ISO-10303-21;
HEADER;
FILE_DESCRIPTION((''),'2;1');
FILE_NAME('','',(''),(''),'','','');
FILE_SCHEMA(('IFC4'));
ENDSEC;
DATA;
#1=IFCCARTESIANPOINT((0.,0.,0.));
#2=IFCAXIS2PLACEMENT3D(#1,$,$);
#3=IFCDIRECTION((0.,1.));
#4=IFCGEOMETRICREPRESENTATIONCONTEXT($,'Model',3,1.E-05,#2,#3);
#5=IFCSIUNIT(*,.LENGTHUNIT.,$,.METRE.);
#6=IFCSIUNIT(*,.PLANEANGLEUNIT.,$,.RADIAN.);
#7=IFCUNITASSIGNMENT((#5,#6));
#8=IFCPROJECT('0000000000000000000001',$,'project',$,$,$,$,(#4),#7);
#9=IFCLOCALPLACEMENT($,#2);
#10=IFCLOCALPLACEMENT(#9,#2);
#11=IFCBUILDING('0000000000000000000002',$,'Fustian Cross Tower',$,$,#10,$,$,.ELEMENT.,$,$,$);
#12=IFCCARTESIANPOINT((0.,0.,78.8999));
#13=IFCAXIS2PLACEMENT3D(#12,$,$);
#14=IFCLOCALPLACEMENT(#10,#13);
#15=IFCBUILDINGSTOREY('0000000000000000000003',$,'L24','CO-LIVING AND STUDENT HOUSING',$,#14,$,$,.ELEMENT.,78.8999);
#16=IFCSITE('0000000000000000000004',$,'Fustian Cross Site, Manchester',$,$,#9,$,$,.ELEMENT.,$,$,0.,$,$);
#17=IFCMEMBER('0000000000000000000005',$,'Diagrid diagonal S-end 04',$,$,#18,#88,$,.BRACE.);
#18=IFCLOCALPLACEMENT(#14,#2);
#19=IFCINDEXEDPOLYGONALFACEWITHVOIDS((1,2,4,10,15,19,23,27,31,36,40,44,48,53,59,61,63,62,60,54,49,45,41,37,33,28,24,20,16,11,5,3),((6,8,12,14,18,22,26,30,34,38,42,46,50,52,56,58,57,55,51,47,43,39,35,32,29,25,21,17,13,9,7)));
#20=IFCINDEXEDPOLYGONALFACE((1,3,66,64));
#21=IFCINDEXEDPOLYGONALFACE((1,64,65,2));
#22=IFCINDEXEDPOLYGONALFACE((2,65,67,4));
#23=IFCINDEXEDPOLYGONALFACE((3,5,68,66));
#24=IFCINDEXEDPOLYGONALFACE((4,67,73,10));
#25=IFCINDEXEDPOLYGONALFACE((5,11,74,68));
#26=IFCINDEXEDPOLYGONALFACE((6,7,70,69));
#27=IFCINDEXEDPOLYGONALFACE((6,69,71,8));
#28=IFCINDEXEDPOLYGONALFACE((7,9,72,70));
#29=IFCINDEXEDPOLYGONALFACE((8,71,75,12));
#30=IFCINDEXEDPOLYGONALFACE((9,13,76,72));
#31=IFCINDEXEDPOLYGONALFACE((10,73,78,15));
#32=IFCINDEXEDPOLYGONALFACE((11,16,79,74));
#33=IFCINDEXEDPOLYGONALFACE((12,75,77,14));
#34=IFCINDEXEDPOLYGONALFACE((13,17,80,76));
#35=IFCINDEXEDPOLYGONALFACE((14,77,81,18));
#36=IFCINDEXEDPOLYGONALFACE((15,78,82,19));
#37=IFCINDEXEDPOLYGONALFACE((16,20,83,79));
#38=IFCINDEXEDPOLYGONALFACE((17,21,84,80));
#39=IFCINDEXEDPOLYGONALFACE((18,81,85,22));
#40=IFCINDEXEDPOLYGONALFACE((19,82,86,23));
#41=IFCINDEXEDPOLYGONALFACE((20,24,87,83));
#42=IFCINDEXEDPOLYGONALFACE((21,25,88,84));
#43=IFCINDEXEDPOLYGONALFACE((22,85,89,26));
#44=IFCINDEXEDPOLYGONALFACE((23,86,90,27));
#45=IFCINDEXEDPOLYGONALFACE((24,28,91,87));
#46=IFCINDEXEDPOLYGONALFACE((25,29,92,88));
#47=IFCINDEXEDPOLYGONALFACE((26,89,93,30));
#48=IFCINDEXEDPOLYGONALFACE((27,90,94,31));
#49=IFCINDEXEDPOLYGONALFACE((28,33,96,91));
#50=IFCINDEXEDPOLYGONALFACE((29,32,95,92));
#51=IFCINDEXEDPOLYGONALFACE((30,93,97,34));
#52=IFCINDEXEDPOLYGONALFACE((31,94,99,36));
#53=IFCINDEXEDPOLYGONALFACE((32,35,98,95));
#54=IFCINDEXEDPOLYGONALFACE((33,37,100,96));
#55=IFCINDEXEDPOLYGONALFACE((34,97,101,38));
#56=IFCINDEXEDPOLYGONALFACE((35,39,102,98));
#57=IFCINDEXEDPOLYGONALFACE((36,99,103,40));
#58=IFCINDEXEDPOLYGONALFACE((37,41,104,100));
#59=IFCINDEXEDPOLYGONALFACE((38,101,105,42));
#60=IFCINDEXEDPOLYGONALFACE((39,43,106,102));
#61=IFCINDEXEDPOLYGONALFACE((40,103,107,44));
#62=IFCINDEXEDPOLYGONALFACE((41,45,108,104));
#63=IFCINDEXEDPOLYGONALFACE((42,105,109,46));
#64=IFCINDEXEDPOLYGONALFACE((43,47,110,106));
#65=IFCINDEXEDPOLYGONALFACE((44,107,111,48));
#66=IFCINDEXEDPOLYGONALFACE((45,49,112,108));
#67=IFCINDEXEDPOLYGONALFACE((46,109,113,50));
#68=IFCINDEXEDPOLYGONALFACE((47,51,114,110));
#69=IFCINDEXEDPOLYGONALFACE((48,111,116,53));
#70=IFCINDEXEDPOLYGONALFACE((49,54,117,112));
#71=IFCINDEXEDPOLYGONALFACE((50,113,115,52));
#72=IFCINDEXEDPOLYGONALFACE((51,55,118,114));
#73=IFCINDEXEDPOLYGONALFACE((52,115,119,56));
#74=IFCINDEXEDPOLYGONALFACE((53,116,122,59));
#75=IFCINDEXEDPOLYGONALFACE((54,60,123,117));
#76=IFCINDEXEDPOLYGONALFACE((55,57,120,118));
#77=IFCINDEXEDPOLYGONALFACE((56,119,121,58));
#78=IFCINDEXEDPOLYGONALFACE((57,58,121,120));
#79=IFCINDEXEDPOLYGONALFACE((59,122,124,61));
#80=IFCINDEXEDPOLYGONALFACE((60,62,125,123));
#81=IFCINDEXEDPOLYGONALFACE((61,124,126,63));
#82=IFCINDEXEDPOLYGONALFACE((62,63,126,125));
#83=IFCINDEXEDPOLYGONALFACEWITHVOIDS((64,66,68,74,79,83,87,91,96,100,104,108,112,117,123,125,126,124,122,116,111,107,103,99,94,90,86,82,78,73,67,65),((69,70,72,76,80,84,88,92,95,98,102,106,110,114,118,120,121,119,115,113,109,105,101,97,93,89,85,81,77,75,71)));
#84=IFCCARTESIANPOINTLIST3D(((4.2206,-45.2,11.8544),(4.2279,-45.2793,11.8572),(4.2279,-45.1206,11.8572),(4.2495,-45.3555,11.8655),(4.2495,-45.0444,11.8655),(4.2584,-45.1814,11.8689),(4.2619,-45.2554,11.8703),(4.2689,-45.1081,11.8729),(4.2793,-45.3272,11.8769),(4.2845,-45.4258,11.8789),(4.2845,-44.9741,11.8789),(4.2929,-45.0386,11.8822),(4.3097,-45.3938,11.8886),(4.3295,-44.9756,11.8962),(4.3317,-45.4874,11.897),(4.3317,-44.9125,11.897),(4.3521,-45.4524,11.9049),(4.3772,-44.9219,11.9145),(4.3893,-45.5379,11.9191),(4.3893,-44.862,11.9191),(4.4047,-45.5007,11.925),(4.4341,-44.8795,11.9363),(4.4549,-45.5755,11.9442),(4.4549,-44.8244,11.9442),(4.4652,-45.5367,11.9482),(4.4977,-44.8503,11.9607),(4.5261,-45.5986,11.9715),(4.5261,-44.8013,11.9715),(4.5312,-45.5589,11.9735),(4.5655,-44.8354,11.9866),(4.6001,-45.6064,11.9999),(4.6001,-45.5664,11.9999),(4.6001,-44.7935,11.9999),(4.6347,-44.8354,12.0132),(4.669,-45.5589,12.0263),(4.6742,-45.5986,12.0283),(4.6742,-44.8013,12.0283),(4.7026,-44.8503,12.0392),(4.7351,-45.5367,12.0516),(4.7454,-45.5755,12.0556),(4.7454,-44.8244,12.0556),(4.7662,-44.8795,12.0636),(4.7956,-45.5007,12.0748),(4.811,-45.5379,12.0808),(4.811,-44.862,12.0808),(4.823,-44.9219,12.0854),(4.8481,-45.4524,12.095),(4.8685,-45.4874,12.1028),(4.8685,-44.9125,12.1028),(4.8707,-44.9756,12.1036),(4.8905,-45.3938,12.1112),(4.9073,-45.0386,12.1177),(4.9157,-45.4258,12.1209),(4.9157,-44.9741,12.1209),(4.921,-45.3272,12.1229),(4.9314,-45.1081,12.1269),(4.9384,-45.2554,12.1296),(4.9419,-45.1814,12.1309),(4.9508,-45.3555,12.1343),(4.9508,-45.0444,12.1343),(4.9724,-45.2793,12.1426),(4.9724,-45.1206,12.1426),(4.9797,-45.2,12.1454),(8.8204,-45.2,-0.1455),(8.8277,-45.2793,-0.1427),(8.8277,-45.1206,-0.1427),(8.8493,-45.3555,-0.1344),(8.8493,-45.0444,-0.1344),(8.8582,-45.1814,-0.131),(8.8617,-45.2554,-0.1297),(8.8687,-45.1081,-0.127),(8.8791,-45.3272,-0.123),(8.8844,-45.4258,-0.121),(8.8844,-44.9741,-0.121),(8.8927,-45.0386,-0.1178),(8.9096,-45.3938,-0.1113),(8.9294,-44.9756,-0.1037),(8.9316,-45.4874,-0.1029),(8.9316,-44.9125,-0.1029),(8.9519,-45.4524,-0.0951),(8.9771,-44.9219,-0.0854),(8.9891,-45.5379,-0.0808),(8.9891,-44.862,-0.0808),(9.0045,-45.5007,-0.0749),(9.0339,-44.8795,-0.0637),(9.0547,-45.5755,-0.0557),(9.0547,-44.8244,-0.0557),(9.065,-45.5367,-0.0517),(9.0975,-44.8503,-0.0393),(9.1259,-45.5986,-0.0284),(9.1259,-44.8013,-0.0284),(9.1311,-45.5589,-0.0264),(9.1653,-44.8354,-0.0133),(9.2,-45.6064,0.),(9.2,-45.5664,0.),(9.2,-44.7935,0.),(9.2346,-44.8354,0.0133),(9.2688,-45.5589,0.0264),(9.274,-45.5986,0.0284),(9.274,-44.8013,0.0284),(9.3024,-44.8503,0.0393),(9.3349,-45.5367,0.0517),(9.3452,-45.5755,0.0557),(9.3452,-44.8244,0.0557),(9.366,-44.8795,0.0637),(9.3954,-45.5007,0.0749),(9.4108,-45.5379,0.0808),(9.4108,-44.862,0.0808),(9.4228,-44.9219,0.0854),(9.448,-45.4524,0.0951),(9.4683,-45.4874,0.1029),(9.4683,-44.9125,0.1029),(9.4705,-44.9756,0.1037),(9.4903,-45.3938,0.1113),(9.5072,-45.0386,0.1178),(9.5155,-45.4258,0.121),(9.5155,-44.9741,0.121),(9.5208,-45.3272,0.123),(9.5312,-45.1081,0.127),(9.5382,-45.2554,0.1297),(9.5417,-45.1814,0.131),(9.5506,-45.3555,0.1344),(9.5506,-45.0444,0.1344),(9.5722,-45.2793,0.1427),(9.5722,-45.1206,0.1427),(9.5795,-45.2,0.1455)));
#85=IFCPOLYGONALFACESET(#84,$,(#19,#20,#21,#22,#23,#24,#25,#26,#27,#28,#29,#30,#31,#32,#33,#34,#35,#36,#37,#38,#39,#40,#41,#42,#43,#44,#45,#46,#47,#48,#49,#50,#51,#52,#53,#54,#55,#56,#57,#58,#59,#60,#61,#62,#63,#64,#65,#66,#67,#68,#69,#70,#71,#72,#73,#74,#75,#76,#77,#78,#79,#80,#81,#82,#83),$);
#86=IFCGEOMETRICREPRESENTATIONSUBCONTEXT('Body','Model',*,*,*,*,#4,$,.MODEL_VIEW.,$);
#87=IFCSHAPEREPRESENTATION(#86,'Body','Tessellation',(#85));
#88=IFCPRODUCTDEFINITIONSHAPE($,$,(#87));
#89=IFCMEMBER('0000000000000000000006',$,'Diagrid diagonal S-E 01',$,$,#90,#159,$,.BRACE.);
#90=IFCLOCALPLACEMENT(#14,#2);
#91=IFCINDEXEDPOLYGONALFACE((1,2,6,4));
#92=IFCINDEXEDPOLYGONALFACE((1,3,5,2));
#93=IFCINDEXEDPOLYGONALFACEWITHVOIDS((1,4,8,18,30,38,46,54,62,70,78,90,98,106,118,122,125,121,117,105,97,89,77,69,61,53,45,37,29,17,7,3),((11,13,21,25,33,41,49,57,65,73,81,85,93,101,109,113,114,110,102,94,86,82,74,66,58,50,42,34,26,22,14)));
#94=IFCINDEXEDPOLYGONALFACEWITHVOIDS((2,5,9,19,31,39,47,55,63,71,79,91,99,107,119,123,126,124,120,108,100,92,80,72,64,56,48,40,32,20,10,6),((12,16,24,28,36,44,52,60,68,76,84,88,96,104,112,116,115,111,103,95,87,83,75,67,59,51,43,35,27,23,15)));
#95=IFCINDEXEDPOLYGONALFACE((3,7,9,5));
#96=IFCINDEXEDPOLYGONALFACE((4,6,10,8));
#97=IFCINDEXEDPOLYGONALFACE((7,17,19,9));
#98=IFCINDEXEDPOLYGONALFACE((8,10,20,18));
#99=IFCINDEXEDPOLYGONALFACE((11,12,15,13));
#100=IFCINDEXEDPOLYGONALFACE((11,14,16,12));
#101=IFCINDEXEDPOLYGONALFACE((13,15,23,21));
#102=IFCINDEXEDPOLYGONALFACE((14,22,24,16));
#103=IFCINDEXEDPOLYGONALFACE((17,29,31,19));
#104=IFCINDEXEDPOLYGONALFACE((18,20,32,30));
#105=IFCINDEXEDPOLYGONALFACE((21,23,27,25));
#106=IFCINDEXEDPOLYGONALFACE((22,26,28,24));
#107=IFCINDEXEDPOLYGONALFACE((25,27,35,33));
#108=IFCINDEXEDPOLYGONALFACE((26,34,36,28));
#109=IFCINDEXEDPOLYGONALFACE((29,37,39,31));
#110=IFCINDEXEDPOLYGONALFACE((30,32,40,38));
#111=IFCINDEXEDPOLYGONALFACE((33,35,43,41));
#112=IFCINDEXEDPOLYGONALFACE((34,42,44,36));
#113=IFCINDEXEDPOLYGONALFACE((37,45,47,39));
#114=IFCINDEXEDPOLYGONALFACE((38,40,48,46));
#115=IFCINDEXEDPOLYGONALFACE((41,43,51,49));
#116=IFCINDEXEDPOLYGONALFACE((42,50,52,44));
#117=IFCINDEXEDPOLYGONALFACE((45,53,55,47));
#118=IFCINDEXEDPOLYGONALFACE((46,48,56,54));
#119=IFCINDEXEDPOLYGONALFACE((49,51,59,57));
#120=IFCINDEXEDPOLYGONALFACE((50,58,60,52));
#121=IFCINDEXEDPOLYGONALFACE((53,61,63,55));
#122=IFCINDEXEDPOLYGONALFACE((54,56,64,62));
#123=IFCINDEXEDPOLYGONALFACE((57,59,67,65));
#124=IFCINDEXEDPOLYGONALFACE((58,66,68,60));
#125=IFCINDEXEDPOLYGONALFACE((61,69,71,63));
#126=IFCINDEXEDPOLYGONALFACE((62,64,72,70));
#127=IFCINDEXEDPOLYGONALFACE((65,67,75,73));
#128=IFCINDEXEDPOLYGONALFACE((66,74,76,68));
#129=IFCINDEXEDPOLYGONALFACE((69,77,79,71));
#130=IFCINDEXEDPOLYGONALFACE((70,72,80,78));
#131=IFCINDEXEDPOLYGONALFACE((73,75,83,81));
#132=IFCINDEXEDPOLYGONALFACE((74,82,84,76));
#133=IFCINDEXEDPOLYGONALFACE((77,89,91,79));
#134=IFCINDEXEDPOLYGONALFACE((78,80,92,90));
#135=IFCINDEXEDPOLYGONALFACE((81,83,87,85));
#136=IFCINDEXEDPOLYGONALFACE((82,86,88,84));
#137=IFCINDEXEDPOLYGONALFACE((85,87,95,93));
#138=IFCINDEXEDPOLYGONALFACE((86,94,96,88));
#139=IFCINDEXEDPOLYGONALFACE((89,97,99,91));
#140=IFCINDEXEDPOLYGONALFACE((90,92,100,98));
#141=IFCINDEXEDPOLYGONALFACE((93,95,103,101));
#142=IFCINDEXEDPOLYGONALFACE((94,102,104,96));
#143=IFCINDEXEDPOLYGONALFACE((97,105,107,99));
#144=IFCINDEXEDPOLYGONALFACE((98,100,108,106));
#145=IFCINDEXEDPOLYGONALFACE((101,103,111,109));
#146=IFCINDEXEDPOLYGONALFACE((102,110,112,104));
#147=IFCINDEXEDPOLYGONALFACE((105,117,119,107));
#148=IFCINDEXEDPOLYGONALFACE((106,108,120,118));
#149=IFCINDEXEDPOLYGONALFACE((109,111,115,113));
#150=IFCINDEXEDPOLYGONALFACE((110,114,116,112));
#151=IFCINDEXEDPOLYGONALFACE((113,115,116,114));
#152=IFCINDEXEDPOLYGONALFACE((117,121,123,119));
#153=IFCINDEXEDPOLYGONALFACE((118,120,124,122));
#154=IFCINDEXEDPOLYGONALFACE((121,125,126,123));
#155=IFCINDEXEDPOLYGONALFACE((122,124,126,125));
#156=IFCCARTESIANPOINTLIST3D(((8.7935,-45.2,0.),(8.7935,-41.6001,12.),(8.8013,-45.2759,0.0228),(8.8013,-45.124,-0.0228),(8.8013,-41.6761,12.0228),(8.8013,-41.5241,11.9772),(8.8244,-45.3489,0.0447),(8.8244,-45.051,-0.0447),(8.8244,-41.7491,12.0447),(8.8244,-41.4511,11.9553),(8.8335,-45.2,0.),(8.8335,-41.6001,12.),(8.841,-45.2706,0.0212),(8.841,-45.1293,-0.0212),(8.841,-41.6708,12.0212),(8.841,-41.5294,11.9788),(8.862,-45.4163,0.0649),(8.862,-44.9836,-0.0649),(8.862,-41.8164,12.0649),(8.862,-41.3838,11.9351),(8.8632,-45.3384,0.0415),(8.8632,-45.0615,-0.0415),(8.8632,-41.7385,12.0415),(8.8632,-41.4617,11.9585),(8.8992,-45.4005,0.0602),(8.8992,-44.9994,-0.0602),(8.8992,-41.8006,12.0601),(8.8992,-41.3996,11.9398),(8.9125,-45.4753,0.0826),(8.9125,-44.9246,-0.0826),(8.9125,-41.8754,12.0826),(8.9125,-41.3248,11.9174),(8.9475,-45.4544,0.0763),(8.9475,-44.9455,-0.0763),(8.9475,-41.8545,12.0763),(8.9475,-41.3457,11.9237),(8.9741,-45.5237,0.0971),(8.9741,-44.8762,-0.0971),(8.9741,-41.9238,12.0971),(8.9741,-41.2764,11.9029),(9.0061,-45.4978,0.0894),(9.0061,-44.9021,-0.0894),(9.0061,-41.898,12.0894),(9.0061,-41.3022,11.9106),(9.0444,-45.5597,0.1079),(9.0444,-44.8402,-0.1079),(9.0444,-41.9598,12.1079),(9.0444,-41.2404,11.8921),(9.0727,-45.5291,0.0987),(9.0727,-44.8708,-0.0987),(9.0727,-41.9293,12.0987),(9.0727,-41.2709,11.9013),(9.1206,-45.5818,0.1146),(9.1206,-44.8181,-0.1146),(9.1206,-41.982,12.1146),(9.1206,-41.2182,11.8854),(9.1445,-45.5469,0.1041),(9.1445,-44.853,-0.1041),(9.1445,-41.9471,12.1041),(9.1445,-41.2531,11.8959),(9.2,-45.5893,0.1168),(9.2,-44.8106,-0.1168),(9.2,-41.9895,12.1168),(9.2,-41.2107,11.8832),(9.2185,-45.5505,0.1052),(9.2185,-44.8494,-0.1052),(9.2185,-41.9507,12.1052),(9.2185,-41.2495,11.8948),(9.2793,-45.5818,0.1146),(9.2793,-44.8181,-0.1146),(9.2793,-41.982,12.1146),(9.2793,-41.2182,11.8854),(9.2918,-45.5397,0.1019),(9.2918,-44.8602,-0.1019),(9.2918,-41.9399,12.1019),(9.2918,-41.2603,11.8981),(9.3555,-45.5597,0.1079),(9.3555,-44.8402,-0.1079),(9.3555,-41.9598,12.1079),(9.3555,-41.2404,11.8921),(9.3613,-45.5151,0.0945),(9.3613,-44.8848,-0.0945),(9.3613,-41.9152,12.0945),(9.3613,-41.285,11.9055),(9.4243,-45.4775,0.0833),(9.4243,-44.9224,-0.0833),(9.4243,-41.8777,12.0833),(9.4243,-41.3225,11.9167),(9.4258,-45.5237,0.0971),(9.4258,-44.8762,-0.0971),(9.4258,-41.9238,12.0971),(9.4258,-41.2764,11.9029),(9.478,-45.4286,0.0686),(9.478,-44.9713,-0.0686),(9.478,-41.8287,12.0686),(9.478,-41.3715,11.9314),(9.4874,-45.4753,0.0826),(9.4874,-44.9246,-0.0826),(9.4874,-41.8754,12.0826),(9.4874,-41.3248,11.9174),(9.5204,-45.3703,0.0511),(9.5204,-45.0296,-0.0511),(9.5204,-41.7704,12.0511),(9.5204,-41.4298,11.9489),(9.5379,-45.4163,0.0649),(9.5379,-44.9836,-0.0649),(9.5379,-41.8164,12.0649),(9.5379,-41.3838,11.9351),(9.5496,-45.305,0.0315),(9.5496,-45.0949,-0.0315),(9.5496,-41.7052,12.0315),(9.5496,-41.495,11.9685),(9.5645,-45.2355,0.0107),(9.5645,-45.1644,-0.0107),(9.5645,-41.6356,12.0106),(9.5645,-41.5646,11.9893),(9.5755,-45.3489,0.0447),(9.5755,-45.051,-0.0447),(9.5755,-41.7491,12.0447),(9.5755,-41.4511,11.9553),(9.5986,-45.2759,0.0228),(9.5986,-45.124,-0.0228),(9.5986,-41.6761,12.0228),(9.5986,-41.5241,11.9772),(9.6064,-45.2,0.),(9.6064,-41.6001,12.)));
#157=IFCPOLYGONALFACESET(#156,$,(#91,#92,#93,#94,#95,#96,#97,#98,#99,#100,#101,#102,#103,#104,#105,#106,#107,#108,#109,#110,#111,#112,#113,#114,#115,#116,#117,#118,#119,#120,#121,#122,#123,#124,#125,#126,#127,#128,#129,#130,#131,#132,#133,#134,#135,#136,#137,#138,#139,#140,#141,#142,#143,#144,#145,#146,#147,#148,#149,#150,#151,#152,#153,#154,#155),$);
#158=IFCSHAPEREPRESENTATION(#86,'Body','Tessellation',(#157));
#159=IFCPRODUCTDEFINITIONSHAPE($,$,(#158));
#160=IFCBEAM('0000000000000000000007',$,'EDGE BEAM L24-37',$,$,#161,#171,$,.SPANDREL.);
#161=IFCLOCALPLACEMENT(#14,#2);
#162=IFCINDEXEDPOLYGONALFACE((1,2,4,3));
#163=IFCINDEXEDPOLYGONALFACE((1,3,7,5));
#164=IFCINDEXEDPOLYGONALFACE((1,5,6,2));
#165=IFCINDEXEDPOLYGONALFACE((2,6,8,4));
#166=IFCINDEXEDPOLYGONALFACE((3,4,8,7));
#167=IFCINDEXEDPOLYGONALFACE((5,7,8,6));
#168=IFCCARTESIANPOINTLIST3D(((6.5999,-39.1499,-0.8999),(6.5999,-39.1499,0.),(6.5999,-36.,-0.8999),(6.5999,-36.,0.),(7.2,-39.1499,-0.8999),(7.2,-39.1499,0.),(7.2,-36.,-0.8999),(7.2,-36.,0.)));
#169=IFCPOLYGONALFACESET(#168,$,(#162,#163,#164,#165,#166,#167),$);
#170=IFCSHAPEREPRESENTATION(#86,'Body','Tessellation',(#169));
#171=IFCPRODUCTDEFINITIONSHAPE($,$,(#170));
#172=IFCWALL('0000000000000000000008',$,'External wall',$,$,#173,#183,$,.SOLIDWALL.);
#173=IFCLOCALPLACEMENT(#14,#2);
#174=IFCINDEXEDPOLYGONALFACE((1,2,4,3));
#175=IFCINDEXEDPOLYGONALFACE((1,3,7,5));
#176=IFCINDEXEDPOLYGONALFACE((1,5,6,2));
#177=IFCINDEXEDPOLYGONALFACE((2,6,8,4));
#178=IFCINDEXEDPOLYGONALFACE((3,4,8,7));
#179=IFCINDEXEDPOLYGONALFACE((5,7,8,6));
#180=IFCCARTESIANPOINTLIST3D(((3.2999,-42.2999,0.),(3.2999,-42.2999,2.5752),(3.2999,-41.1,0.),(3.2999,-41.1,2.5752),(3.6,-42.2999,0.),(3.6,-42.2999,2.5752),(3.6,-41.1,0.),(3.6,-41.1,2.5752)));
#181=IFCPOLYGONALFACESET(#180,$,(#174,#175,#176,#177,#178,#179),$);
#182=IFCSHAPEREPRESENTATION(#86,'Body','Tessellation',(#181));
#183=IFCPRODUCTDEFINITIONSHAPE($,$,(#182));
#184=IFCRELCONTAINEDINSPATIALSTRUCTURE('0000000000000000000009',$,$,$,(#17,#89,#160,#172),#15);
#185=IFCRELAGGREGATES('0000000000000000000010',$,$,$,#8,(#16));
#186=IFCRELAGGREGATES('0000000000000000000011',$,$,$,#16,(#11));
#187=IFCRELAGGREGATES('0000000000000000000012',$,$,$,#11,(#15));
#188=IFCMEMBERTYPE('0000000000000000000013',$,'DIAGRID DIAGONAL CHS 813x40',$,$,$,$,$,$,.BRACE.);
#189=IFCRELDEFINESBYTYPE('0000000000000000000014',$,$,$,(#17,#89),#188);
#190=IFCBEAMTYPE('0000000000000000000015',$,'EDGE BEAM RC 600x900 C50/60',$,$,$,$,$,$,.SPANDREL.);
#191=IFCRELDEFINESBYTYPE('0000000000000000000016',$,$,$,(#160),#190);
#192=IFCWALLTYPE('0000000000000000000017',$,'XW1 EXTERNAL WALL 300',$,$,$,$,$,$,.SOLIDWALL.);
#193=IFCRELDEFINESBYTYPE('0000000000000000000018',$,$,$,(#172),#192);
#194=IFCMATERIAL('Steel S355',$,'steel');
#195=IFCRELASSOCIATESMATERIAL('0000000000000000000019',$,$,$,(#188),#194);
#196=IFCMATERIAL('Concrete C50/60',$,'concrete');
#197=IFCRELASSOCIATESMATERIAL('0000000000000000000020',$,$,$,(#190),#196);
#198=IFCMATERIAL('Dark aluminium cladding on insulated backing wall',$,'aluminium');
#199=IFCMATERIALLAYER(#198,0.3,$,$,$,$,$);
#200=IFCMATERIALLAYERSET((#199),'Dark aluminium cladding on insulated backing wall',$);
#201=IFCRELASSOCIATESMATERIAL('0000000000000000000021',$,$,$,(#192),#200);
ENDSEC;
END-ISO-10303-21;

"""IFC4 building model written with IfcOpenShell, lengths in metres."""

from ifc_helpers import new_model, si_unit, direction, frame, frame_2d, origin, origin_2d, place, context, subcontext, project, spatial, rectangle, hollow_circle, extrude, material, layer, layer_set, material_profile, profile_set, type_object, element, save


model = new_model("IFC4")

# Units and contexts
model_context = context("Model", 3, precision=1e-05, world=origin(), true_north=direction((0.0, 1.0)))
body_context = subcontext(model_context, "Body", "Model", "MODEL_VIEW")
ifc_project = project(units=[si_unit("LENGTHUNIT", "METRE"), si_unit("PLANEANGLEUNIT", "RADIAN")], contexts=[model_context])

# Site, building, storey
site_placement = place(None, origin())
site = spatial("IfcSite", under=ifc_project, at=site_placement, Name="Fustian Cross Site, Manchester", CompositionType="ELEMENT", RefElevation=0.0)
building_placement = place(site_placement, origin())
building = spatial("IfcBuilding", under=site, at=building_placement, Name="Fustian Cross Tower", CompositionType="ELEMENT")
storey_placement = place(building_placement, frame((0.0, 0.0, 78.8999)))
storey = spatial("IfcBuildingStorey", under=building, at=storey_placement, Name="L24", Description="CO-LIVING AND STUDENT HOUSING", CompositionType="ELEMENT", Elevation=78.8999)

# Members
ifc_material_1 = material(Name="Steel S355", Category="steel")
ifc_material_profile_1 = material_profile(ifc_material_1, hollow_circle(Radius=0.4065, WallThickness=0.04, at=origin_2d()), Name="CHS 813x40")
ifc_profile_set_1 = profile_set([ifc_material_profile_1], Name="Steel S355")
member_type_1 = type_object("IfcMemberType", Name="DIAGRID DIAGONAL CHS 813x40", PredefinedType="BRACE", material=ifc_profile_set_1)
member_1_placement = place(storey_placement, frame((9.2, -45.2, 0.0), z_axis=(-0.357926, 0.0, 0.93375), x_axis=(0.0, -1.0, 0.0)))
element("IfcMember", 1, at=member_1_placement, inside=storey, type_object=member_type_1, Name="Diagrid diagonal S-end 04", PredefinedType="BRACE", context=body_context, shape_type="SweptSolid", body=[
    extrude(hollow_circle(Radius=0.4065, WallThickness=0.04, at=origin_2d()), origin(), (0.0, 0.0, 1.0), 12.8513),
])
member_2_placement = place(storey_placement, frame((9.2, -45.2, 0.0), z_axis=(0.0, 0.287337, 0.95783), x_axis=(-1.0, 0.0, 0.0)))
element("IfcMember", 2, at=member_2_placement, inside=storey, type_object=member_type_1, Name="Diagrid diagonal S-E 01", PredefinedType="BRACE", context=body_context, shape_type="SweptSolid", body=[
    extrude(hollow_circle(Radius=0.4065, WallThickness=0.04, at=origin_2d()), origin(), (0.0, 0.0, 1.0), 12.5283),
])

# Beam
ifc_material_2 = material(Name="Concrete C50/60", Category="concrete")
ifc_material_profile_2 = material_profile(ifc_material_2, rectangle(XDim=0.6001, YDim=0.8999, at=origin_2d()), Name="RC 600x900")
ifc_profile_set_2 = profile_set([ifc_material_profile_2], Name="Concrete C50/60")
beam_type = type_object("IfcBeamType", Name="EDGE BEAM RC 600x900 C50/60", PredefinedType="SPANDREL", material=ifc_profile_set_2)
beam_placement = place(storey_placement, frame((6.8999, -39.1499, -0.45), z_axis=(0.0, 1.0, 0.0), x_axis=(-1.0, 0.0, 0.0)))
element("IfcBeam", 3, at=beam_placement, inside=storey, type_object=beam_type, Name="EDGE BEAM L24-37", PredefinedType="SPANDREL", context=body_context, shape_type="SweptSolid", body=[
    extrude(rectangle(XDim=0.6001, YDim=0.8999, at=origin_2d()), origin(), (0.0, 0.0, 1.0), 3.1499),
])

# Wall
ifc_material_3 = material(Name="Dark aluminium cladding on insulated backing wall", Category="aluminium")
ifc_layer = layer(ifc_material_3, 0.3)
ifc_layer_set = layer_set([ifc_layer], Name="Dark aluminium cladding on insulated backing wall")
wall_type = type_object("IfcWallType", Name="XW1 EXTERNAL WALL 300", PredefinedType="SOLIDWALL", material=ifc_layer_set)
wall_1_placement = place(storey_placement, frame((3.45, -42.3, 0.0), z_axis=(0.0, 0.0, 1.0), x_axis=(0.0, 1.0, 0.0)))
element("IfcWall", 4, at=wall_1_placement, inside=storey, type_object=wall_type, Name="External wall", PredefinedType="SOLIDWALL", context=body_context, shape_type="SweptSolid", body=[
    extrude(rectangle(XDim=1.2, YDim=0.3, at=frame_2d((0.6001, 0.0))), origin(), (0.0, 0.0, 1.0), 2.5752),
])

save(model, "model.ifc")
